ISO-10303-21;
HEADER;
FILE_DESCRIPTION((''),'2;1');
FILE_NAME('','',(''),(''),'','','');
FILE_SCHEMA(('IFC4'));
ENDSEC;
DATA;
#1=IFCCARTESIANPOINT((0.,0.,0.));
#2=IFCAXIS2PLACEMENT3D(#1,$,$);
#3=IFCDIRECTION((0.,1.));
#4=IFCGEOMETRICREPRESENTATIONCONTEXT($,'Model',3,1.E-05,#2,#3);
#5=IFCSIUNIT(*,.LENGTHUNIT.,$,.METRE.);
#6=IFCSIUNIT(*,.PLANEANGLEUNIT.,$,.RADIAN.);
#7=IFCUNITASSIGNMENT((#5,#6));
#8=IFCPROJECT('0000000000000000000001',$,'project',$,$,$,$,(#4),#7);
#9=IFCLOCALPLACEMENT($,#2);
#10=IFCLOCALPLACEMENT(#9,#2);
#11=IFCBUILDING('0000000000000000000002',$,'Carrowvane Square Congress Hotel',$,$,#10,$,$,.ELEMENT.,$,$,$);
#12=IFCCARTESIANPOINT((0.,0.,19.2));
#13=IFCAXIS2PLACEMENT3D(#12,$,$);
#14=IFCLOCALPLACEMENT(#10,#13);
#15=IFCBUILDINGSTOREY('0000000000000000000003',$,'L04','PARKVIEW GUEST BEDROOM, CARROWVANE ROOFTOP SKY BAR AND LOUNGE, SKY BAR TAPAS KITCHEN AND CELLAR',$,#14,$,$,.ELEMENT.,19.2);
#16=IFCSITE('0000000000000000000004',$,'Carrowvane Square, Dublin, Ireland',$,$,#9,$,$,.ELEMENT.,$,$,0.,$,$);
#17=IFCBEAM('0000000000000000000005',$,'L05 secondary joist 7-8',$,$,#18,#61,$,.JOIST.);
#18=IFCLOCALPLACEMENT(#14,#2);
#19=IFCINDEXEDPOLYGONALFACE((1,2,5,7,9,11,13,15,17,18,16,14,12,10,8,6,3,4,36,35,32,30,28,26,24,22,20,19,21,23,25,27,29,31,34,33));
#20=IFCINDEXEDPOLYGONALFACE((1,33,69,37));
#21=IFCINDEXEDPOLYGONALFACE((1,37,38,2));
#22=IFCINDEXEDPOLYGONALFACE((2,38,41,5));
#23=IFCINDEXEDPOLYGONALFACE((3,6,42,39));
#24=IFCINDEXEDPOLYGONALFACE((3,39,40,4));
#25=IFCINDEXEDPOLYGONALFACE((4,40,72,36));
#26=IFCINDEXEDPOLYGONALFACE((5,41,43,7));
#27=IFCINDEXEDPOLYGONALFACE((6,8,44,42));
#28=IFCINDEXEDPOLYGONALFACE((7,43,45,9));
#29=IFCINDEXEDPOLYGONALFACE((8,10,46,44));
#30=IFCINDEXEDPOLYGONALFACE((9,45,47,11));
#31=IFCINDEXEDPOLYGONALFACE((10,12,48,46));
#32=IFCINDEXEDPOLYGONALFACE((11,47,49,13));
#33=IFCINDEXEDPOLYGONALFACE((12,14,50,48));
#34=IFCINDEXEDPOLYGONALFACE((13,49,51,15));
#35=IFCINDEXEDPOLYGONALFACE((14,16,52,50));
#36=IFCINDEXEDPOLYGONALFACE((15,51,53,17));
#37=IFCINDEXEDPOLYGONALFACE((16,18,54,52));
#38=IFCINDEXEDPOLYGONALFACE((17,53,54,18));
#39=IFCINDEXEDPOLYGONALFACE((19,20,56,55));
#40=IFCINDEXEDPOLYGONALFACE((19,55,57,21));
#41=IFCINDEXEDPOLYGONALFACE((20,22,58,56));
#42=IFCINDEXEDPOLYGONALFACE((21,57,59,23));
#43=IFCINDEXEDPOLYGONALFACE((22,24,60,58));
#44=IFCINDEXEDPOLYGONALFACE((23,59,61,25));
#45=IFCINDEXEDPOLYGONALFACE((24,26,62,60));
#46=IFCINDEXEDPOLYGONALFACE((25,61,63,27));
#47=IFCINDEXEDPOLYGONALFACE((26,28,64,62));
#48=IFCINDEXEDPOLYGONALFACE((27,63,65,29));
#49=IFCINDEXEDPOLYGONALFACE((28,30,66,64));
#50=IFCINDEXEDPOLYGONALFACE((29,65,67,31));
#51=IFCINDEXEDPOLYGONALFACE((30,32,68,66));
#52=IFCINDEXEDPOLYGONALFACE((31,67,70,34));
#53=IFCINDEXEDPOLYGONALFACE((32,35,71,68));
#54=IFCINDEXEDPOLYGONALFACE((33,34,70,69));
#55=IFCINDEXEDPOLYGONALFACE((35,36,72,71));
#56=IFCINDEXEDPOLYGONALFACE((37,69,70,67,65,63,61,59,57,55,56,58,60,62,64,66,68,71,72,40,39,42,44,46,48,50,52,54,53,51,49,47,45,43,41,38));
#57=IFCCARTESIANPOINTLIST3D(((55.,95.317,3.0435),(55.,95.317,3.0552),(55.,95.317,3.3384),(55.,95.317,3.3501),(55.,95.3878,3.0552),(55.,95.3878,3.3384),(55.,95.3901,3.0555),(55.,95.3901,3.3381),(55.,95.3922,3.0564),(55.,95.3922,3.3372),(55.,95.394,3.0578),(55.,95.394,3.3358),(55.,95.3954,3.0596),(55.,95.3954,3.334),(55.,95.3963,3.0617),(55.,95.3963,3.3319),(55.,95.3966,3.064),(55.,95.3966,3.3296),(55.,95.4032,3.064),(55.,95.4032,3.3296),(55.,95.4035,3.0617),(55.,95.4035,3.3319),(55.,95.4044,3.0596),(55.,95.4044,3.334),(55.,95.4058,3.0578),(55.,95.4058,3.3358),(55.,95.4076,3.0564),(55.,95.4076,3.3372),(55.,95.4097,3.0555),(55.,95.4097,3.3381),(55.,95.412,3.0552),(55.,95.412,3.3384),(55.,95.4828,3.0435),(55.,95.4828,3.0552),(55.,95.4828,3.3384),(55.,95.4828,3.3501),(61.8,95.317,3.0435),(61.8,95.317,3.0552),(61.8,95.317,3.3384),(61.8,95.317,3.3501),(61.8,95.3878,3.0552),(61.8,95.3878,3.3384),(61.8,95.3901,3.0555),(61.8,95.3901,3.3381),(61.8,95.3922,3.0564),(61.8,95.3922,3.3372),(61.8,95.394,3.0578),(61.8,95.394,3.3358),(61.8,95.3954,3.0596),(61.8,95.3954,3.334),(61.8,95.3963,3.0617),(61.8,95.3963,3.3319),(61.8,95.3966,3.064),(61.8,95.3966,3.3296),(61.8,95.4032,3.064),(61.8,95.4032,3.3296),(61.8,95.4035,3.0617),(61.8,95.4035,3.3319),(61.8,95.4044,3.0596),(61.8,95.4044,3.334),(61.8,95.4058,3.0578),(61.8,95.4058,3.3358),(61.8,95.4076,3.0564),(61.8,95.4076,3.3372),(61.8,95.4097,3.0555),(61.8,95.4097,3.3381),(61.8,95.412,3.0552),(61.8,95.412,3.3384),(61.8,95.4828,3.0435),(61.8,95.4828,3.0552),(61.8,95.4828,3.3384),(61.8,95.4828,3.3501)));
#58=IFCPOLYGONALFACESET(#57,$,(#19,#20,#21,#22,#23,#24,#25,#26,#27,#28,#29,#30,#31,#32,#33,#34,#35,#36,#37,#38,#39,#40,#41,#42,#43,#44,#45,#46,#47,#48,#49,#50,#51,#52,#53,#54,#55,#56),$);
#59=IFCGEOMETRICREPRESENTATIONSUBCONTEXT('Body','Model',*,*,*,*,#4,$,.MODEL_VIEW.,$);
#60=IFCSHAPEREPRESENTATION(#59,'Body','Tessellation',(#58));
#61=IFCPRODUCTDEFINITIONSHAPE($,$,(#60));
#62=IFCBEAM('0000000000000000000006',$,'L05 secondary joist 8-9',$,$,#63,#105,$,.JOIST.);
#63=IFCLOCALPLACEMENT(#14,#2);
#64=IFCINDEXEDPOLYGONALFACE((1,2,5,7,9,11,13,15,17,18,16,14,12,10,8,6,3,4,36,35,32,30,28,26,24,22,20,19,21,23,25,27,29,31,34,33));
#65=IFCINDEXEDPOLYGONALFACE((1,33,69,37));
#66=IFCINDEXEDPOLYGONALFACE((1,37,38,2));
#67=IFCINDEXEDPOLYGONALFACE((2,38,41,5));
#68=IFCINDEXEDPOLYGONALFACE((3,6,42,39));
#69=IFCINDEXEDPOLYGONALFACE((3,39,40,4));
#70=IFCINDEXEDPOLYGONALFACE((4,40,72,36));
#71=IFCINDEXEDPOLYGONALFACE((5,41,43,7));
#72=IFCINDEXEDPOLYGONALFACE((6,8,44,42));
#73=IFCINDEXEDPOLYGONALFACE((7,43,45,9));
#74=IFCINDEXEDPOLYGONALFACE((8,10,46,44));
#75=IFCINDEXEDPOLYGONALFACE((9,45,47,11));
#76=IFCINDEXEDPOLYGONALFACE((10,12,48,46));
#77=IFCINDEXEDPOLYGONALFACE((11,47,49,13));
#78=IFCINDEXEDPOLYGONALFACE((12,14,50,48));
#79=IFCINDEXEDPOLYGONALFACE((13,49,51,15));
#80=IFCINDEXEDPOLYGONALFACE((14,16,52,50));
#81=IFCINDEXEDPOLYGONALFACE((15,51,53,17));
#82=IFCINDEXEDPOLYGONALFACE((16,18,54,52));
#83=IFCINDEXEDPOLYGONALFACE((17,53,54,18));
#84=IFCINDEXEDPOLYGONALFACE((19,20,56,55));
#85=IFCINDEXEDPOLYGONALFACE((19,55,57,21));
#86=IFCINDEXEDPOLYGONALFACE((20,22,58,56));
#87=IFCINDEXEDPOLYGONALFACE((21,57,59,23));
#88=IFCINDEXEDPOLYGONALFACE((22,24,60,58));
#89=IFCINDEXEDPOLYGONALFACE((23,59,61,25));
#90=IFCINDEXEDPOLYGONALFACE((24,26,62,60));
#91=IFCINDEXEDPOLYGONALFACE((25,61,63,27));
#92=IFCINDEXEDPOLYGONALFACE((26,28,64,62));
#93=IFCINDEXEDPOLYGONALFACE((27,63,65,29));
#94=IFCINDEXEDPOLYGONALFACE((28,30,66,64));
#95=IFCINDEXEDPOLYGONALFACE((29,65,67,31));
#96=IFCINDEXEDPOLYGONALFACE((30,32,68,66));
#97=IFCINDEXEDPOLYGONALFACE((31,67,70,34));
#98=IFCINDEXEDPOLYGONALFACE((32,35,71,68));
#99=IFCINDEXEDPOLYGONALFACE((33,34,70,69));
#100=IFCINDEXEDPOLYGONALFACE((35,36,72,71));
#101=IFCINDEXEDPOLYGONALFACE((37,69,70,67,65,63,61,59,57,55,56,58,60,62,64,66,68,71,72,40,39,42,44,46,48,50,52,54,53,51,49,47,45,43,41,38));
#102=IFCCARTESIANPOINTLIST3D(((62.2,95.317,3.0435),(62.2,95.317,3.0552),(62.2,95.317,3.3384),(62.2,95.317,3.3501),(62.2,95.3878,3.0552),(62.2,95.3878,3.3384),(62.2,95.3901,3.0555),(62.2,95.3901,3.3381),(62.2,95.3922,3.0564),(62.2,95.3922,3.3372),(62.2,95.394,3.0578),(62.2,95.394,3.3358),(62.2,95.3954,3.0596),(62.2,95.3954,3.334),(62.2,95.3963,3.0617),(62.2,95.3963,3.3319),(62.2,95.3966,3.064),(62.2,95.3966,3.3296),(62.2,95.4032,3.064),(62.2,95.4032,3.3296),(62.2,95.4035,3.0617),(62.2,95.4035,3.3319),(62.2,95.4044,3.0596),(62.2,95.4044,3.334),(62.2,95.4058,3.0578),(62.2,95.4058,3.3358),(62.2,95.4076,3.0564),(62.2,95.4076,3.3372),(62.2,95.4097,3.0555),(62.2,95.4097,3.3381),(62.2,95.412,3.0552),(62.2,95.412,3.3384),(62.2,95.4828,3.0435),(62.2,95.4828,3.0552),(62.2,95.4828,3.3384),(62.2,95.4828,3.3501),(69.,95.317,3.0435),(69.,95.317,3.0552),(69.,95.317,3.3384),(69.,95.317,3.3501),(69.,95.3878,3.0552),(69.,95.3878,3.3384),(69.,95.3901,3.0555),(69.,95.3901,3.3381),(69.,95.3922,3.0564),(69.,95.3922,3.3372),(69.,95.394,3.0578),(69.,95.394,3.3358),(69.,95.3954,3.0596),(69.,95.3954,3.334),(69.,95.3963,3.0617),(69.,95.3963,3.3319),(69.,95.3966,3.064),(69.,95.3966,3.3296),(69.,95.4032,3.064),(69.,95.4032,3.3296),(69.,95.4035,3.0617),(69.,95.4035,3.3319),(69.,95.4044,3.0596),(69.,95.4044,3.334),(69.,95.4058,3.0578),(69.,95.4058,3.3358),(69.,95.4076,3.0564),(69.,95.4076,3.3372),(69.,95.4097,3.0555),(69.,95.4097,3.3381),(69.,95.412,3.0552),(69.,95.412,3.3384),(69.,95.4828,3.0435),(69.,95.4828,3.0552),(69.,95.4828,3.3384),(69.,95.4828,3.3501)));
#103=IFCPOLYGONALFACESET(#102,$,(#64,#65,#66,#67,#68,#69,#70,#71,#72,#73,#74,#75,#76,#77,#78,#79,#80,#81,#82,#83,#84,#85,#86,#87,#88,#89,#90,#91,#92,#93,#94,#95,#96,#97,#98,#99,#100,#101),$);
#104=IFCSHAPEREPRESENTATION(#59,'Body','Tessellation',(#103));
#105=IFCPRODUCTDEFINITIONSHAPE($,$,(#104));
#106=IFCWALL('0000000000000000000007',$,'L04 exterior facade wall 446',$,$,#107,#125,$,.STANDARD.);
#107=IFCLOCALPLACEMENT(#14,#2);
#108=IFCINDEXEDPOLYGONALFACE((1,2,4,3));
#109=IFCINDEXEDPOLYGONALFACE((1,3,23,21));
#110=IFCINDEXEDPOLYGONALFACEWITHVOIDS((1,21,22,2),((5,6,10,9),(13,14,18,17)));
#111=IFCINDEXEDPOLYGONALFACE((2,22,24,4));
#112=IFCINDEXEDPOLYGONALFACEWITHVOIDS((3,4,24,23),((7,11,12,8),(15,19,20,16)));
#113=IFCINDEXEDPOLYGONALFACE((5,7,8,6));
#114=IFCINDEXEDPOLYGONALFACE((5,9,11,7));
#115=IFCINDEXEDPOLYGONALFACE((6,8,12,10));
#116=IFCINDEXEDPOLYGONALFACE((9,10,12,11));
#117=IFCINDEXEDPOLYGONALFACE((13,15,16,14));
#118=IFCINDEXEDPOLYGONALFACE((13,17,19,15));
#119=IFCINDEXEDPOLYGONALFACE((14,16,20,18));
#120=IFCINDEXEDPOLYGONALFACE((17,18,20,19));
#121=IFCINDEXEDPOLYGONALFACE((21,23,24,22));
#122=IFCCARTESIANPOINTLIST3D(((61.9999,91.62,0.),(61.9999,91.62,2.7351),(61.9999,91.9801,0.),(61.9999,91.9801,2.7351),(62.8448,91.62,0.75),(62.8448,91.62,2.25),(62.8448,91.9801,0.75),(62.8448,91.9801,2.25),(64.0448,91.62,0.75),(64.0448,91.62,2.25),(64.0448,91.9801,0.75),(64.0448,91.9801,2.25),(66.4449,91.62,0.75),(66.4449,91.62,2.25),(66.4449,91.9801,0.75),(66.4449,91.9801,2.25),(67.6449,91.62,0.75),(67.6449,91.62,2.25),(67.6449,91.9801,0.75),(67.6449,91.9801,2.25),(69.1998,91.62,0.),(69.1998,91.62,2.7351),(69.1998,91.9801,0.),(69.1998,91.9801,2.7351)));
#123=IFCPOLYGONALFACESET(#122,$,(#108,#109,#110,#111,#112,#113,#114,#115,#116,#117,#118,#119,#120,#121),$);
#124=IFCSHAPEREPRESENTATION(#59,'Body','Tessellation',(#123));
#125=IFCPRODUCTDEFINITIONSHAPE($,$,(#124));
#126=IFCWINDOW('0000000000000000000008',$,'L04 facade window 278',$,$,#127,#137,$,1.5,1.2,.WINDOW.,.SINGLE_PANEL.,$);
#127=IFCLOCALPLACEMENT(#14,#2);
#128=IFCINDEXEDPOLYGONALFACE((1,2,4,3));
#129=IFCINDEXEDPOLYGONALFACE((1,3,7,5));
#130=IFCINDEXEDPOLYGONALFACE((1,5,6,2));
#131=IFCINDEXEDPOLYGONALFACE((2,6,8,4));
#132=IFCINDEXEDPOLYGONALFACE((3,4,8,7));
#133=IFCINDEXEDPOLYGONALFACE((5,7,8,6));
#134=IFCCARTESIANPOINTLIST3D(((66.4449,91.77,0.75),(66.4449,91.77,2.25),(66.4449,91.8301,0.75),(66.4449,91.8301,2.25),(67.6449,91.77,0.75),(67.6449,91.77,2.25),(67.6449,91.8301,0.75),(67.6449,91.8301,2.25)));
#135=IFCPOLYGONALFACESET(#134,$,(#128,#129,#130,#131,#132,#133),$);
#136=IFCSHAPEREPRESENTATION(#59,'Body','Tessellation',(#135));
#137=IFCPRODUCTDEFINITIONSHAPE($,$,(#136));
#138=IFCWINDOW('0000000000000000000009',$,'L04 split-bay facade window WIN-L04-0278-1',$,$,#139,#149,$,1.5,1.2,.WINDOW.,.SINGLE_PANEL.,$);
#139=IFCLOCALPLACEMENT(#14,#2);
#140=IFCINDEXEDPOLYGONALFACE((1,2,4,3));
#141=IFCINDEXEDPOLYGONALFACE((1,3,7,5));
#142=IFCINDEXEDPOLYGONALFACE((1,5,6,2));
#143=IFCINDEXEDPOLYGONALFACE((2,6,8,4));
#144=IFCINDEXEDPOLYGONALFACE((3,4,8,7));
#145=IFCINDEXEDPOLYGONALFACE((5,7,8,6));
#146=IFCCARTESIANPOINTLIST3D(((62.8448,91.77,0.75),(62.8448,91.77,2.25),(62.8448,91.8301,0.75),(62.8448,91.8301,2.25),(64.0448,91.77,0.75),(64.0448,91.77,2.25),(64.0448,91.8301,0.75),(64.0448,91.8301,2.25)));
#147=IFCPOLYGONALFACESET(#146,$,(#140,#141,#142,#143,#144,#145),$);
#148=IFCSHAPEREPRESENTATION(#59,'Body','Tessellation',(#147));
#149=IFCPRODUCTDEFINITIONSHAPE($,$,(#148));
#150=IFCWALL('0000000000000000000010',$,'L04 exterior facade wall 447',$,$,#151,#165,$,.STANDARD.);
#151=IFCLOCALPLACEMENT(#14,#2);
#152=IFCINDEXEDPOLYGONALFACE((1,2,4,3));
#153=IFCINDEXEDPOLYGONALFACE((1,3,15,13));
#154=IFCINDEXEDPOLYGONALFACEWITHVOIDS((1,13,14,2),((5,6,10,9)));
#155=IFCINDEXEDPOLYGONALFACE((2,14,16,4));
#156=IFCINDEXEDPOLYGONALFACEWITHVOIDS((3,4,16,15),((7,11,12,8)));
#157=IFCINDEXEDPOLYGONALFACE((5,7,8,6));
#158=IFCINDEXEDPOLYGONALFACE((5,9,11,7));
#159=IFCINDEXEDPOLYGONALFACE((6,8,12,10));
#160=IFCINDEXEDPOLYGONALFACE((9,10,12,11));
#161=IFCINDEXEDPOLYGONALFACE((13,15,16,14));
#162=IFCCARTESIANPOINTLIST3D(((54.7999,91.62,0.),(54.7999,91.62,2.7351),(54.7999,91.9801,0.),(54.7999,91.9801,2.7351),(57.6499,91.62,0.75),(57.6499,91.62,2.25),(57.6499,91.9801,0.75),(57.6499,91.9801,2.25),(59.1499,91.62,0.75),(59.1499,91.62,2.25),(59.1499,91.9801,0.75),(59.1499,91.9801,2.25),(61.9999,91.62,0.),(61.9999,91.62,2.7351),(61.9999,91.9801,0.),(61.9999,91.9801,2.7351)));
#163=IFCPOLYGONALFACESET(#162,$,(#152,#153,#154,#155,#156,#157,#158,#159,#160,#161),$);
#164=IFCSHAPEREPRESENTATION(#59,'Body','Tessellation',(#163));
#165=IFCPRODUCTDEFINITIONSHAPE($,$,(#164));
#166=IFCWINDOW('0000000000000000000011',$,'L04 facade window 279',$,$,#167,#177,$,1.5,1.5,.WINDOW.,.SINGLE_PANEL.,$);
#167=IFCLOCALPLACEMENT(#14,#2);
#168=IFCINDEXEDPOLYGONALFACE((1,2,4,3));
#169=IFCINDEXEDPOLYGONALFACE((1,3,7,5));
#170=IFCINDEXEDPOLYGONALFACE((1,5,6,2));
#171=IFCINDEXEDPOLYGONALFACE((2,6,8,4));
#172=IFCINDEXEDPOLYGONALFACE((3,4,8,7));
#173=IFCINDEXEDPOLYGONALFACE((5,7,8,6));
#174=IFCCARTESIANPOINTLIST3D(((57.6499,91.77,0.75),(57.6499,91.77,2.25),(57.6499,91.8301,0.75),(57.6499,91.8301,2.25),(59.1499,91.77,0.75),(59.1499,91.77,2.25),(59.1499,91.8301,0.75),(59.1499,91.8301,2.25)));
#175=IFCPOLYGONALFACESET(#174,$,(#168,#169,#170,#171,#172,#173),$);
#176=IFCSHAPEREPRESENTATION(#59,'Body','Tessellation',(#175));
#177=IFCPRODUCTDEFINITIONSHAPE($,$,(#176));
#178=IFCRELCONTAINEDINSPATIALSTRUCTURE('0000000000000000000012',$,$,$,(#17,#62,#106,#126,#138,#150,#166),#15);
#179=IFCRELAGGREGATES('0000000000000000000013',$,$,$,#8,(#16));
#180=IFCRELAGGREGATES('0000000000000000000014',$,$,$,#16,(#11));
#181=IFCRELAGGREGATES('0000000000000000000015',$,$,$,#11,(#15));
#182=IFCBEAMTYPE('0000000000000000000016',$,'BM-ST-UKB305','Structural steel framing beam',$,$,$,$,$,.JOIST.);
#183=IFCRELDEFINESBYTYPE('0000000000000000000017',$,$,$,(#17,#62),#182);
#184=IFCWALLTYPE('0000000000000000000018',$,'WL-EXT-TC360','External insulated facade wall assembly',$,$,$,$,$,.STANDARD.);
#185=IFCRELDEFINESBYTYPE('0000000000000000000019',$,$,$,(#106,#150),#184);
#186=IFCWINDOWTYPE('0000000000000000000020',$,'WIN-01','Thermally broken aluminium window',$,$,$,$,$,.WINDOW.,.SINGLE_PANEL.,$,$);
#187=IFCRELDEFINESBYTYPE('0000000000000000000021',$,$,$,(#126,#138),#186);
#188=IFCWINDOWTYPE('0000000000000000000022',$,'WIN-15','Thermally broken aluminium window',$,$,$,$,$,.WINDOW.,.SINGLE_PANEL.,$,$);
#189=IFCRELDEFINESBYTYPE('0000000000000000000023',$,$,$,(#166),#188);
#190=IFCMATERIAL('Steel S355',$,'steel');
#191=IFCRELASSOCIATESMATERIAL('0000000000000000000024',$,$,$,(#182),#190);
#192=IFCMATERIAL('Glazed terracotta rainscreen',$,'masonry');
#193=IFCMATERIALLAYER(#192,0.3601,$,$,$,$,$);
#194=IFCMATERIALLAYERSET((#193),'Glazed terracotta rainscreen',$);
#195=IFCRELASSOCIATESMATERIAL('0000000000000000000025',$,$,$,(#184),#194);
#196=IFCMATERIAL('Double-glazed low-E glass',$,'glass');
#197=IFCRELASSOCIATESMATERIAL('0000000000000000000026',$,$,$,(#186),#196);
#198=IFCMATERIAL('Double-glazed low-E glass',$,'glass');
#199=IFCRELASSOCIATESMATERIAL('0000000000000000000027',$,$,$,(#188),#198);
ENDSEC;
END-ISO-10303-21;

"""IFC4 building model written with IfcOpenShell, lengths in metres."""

from ifc_helpers import new_model, si_unit, direction, frame, frame_2d, origin, origin_2d, place, context, subcontext, project, spatial, rectangle, i_section, extrude, material, layer, layer_set, material_profile, profile_set, type_object, element, fill, save


model = new_model("IFC4")

# Units and contexts
model_context = context("Model", 3, precision=1e-05, world=origin(), true_north=direction((0.0, 1.0)))
body_context = subcontext(model_context, "Body", "Model", "MODEL_VIEW")
ifc_project = project(units=[si_unit("LENGTHUNIT", "METRE"), si_unit("PLANEANGLEUNIT", "RADIAN")], contexts=[model_context])

# Site, building, storey
site_placement = place(None, origin())
site = spatial("IfcSite", under=ifc_project, at=site_placement, Name="Carrowvane Square, Dublin, Ireland", CompositionType="ELEMENT", RefElevation=0.0)
building_placement = place(site_placement, origin())
building = spatial("IfcBuilding", under=site, at=building_placement, Name="Carrowvane Square Congress Hotel", CompositionType="ELEMENT")
storey_placement = place(building_placement, frame((0.0, 0.0, 19.2)))
storey = spatial("IfcBuildingStorey", under=building, at=storey_placement, Name="L04", Description="PARKVIEW GUEST BEDROOM, CARROWVANE ROOFTOP SKY BAR AND LOUNGE, SKY BAR TAPAS KITCHEN AND CELLAR", CompositionType="ELEMENT", Elevation=19.2)

# Beams
ifc_material_1 = material(Name="Steel S355", Category="steel")
ifc_material_profile_1 = material_profile(ifc_material_1, i_section(OverallWidth=0.1658, OverallDepth=0.3066, WebThickness=0.0066, FlangeThickness=0.0117, FilletRadius=0.0088, at=origin_2d()), Name="UKB 305x165x46")
ifc_profile_set_1 = profile_set([ifc_material_profile_1], Name="Steel S355")
beam_type_1 = type_object("IfcBeamType", Name="BM-ST-UKB305", Description="Structural steel framing beam", PredefinedType="JOIST", material=ifc_profile_set_1)
for number, where, z_axis, x_axis, name in (
    (1, (55.0, 95.3999, 3.1968), (1.0, 0.0, 0.0), (0.0, 1.0, 0.0), "L05 secondary joist 7-8"),
    (2, (62.2, 95.3999, 3.1968), (1.0, 0.0, 0.0), (0.0, 1.0, 0.0), "L05 secondary joist 8-9"),
):
    element("IfcBeam", number, at=place(storey_placement, frame(where, z_axis=z_axis, x_axis=x_axis)), inside=storey, type_object=beam_type_1, Name=name, PredefinedType="JOIST", context=body_context, shape_type="SweptSolid", body=[
        extrude(i_section(OverallWidth=0.1658, OverallDepth=0.3066, WebThickness=0.0066, FlangeThickness=0.0117, FilletRadius=0.0088, at=origin_2d()), origin(), (0.0, 0.0, 1.0), 6.8),
    ])

# Wall, openings, windows
ifc_material_2 = material(Name="Glazed terracotta rainscreen", Category="masonry")
ifc_layer_1 = layer(ifc_material_2, 0.3601)
ifc_layer_set_1 = layer_set([ifc_layer_1], Name="Glazed terracotta rainscreen")
wall_type_1 = type_object("IfcWallType", Name="WL-EXT-TC360", Description="External insulated facade wall assembly", PredefinedType="STANDARD", material=ifc_layer_set_1)
wall_1_placement = place(storey_placement, frame((69.2, 91.8, 0.0), z_axis=(0.0, 0.0, 1.0), x_axis=(-1.0, 0.0, 0.0)))
wall_1 = element("IfcWall", 3, at=wall_1_placement, inside=storey, type_object=wall_type_1, Name="L04 exterior facade wall 446", PredefinedType="STANDARD", context=body_context, shape_type="SweptSolid", body=[
    extrude(rectangle(XDim=7.2, YDim=0.3601, at=frame_2d((3.6001, 0.0))), origin(), (0.0, 0.0, 1.0), 2.7351),
])
opening_1_placement = place(wall_1_placement, frame((1.5549, 0.0, 0.75)))
opening_1 = element("IfcOpeningElement", 4, at=opening_1_placement, cuts=wall_1, PredefinedType="OPENING", context=body_context, shape_type="SweptSolid", body=[
    extrude(rectangle(XDim=1.2, YDim=1.5, at=frame_2d((0.6001, 0.75))), frame((0.0, 0.1899, 0.0), z_axis=(0.0, -1.0, 0.0), x_axis=(1.0, 0.0, 0.0)), (0.0, 0.0, 1.0), 0.3801),
])
opening_2_placement = place(wall_1_placement, frame((5.155, 0.0, 0.75)))
opening_2 = element("IfcOpeningElement", 5, at=opening_2_placement, cuts=wall_1, PredefinedType="OPENING", context=body_context, shape_type="SweptSolid", body=[
    extrude(rectangle(XDim=1.2, YDim=1.5, at=frame_2d((0.6001, 0.75))), frame((0.0, 0.1899, 0.0), z_axis=(0.0, -1.0, 0.0), x_axis=(1.0, 0.0, 0.0)), (0.0, 0.0, 1.0), 0.3801),
])
ifc_material_3 = material(Name="Double-glazed low-E glass", Category="glass")
window_type_1 = type_object("IfcWindowType", Name="WIN-01", Description="Thermally broken aluminium window", PartitioningType="SINGLE_PANEL", PredefinedType="WINDOW", material=ifc_material_3)
window_1_placement = place(opening_1_placement, origin())
window_1 = element("IfcWindow", 6, at=window_1_placement, inside=storey, type_object=window_type_1, Name="L04 facade window 278", OverallHeight=1.5, OverallWidth=1.2, PartitioningType="SINGLE_PANEL", PredefinedType="WINDOW", context=body_context, shape_type="SweptSolid", body=[
    extrude(rectangle(XDim=1.2, YDim=1.5, at=frame_2d((0.6001, 0.75))), frame((0.0, 0.03, 0.0), z_axis=(0.0, -1.0, 0.0), x_axis=(1.0, 0.0, 0.0)), (0.0, 0.0, 1.0), 0.0601),
])
fill(opening_1, window_1)
window_2_placement = place(opening_2_placement, origin())
window_2 = element("IfcWindow", 7, at=window_2_placement, inside=storey, type_object=window_type_1, Name="L04 split-bay facade window WIN-L04-0278-1", OverallHeight=1.5, OverallWidth=1.2, PartitioningType="SINGLE_PANEL", PredefinedType="WINDOW", context=body_context, shape_type="SweptSolid", body=[
    extrude(rectangle(XDim=1.2, YDim=1.5, at=frame_2d((0.6001, 0.75))), frame((0.0, 0.03, 0.0), z_axis=(0.0, -1.0, 0.0), x_axis=(1.0, 0.0, 0.0)), (0.0, 0.0, 1.0), 0.0601),
])
fill(opening_2, window_2)

# Wall, opening, window
wall_2_placement = place(storey_placement, frame((62.0, 91.8, 0.0), z_axis=(0.0, 0.0, 1.0), x_axis=(-1.0, 0.0, 0.0)))
wall_2 = element("IfcWall", 8, at=wall_2_placement, inside=storey, type_object=wall_type_1, Name="L04 exterior facade wall 447", PredefinedType="STANDARD", context=body_context, shape_type="SweptSolid", body=[
    extrude(rectangle(XDim=7.2, YDim=0.3601, at=frame_2d((3.6001, 0.0))), origin(), (0.0, 0.0, 1.0), 2.7351),
])
opening_3_placement = place(wall_2_placement, frame((2.8501, 0.0, 0.75)))
opening_3 = element("IfcOpeningElement", 9, at=opening_3_placement, cuts=wall_2, PredefinedType="OPENING", context=body_context, shape_type="SweptSolid", body=[
    extrude(rectangle(XDim=1.5, YDim=1.5, at=frame_2d((0.75, 0.75))), frame((0.0, 0.1899, 0.0), z_axis=(0.0, -1.0, 0.0), x_axis=(1.0, 0.0, 0.0)), (0.0, 0.0, 1.0), 0.3801),
])
ifc_material_4 = material(Name="Double-glazed low-E glass", Category="glass")
window_type_2 = type_object("IfcWindowType", Name="WIN-15", Description="Thermally broken aluminium window", PartitioningType="SINGLE_PANEL", PredefinedType="WINDOW", material=ifc_material_4)
window_3_placement = place(opening_3_placement, origin())
window_3 = element("IfcWindow", 10, at=window_3_placement, inside=storey, type_object=window_type_2, Name="L04 facade window 279", OverallHeight=1.5, OverallWidth=1.5, PartitioningType="SINGLE_PANEL", PredefinedType="WINDOW", context=body_context, shape_type="SweptSolid", body=[
    extrude(rectangle(XDim=1.5, YDim=1.5, at=frame_2d((0.75, 0.75))), frame((0.0, 0.03, 0.0), z_axis=(0.0, -1.0, 0.0), x_axis=(1.0, 0.0, 0.0)), (0.0, 0.0, 1.0), 0.0601),
])
fill(opening_3, window_3)

save(model, "model.ifc")
